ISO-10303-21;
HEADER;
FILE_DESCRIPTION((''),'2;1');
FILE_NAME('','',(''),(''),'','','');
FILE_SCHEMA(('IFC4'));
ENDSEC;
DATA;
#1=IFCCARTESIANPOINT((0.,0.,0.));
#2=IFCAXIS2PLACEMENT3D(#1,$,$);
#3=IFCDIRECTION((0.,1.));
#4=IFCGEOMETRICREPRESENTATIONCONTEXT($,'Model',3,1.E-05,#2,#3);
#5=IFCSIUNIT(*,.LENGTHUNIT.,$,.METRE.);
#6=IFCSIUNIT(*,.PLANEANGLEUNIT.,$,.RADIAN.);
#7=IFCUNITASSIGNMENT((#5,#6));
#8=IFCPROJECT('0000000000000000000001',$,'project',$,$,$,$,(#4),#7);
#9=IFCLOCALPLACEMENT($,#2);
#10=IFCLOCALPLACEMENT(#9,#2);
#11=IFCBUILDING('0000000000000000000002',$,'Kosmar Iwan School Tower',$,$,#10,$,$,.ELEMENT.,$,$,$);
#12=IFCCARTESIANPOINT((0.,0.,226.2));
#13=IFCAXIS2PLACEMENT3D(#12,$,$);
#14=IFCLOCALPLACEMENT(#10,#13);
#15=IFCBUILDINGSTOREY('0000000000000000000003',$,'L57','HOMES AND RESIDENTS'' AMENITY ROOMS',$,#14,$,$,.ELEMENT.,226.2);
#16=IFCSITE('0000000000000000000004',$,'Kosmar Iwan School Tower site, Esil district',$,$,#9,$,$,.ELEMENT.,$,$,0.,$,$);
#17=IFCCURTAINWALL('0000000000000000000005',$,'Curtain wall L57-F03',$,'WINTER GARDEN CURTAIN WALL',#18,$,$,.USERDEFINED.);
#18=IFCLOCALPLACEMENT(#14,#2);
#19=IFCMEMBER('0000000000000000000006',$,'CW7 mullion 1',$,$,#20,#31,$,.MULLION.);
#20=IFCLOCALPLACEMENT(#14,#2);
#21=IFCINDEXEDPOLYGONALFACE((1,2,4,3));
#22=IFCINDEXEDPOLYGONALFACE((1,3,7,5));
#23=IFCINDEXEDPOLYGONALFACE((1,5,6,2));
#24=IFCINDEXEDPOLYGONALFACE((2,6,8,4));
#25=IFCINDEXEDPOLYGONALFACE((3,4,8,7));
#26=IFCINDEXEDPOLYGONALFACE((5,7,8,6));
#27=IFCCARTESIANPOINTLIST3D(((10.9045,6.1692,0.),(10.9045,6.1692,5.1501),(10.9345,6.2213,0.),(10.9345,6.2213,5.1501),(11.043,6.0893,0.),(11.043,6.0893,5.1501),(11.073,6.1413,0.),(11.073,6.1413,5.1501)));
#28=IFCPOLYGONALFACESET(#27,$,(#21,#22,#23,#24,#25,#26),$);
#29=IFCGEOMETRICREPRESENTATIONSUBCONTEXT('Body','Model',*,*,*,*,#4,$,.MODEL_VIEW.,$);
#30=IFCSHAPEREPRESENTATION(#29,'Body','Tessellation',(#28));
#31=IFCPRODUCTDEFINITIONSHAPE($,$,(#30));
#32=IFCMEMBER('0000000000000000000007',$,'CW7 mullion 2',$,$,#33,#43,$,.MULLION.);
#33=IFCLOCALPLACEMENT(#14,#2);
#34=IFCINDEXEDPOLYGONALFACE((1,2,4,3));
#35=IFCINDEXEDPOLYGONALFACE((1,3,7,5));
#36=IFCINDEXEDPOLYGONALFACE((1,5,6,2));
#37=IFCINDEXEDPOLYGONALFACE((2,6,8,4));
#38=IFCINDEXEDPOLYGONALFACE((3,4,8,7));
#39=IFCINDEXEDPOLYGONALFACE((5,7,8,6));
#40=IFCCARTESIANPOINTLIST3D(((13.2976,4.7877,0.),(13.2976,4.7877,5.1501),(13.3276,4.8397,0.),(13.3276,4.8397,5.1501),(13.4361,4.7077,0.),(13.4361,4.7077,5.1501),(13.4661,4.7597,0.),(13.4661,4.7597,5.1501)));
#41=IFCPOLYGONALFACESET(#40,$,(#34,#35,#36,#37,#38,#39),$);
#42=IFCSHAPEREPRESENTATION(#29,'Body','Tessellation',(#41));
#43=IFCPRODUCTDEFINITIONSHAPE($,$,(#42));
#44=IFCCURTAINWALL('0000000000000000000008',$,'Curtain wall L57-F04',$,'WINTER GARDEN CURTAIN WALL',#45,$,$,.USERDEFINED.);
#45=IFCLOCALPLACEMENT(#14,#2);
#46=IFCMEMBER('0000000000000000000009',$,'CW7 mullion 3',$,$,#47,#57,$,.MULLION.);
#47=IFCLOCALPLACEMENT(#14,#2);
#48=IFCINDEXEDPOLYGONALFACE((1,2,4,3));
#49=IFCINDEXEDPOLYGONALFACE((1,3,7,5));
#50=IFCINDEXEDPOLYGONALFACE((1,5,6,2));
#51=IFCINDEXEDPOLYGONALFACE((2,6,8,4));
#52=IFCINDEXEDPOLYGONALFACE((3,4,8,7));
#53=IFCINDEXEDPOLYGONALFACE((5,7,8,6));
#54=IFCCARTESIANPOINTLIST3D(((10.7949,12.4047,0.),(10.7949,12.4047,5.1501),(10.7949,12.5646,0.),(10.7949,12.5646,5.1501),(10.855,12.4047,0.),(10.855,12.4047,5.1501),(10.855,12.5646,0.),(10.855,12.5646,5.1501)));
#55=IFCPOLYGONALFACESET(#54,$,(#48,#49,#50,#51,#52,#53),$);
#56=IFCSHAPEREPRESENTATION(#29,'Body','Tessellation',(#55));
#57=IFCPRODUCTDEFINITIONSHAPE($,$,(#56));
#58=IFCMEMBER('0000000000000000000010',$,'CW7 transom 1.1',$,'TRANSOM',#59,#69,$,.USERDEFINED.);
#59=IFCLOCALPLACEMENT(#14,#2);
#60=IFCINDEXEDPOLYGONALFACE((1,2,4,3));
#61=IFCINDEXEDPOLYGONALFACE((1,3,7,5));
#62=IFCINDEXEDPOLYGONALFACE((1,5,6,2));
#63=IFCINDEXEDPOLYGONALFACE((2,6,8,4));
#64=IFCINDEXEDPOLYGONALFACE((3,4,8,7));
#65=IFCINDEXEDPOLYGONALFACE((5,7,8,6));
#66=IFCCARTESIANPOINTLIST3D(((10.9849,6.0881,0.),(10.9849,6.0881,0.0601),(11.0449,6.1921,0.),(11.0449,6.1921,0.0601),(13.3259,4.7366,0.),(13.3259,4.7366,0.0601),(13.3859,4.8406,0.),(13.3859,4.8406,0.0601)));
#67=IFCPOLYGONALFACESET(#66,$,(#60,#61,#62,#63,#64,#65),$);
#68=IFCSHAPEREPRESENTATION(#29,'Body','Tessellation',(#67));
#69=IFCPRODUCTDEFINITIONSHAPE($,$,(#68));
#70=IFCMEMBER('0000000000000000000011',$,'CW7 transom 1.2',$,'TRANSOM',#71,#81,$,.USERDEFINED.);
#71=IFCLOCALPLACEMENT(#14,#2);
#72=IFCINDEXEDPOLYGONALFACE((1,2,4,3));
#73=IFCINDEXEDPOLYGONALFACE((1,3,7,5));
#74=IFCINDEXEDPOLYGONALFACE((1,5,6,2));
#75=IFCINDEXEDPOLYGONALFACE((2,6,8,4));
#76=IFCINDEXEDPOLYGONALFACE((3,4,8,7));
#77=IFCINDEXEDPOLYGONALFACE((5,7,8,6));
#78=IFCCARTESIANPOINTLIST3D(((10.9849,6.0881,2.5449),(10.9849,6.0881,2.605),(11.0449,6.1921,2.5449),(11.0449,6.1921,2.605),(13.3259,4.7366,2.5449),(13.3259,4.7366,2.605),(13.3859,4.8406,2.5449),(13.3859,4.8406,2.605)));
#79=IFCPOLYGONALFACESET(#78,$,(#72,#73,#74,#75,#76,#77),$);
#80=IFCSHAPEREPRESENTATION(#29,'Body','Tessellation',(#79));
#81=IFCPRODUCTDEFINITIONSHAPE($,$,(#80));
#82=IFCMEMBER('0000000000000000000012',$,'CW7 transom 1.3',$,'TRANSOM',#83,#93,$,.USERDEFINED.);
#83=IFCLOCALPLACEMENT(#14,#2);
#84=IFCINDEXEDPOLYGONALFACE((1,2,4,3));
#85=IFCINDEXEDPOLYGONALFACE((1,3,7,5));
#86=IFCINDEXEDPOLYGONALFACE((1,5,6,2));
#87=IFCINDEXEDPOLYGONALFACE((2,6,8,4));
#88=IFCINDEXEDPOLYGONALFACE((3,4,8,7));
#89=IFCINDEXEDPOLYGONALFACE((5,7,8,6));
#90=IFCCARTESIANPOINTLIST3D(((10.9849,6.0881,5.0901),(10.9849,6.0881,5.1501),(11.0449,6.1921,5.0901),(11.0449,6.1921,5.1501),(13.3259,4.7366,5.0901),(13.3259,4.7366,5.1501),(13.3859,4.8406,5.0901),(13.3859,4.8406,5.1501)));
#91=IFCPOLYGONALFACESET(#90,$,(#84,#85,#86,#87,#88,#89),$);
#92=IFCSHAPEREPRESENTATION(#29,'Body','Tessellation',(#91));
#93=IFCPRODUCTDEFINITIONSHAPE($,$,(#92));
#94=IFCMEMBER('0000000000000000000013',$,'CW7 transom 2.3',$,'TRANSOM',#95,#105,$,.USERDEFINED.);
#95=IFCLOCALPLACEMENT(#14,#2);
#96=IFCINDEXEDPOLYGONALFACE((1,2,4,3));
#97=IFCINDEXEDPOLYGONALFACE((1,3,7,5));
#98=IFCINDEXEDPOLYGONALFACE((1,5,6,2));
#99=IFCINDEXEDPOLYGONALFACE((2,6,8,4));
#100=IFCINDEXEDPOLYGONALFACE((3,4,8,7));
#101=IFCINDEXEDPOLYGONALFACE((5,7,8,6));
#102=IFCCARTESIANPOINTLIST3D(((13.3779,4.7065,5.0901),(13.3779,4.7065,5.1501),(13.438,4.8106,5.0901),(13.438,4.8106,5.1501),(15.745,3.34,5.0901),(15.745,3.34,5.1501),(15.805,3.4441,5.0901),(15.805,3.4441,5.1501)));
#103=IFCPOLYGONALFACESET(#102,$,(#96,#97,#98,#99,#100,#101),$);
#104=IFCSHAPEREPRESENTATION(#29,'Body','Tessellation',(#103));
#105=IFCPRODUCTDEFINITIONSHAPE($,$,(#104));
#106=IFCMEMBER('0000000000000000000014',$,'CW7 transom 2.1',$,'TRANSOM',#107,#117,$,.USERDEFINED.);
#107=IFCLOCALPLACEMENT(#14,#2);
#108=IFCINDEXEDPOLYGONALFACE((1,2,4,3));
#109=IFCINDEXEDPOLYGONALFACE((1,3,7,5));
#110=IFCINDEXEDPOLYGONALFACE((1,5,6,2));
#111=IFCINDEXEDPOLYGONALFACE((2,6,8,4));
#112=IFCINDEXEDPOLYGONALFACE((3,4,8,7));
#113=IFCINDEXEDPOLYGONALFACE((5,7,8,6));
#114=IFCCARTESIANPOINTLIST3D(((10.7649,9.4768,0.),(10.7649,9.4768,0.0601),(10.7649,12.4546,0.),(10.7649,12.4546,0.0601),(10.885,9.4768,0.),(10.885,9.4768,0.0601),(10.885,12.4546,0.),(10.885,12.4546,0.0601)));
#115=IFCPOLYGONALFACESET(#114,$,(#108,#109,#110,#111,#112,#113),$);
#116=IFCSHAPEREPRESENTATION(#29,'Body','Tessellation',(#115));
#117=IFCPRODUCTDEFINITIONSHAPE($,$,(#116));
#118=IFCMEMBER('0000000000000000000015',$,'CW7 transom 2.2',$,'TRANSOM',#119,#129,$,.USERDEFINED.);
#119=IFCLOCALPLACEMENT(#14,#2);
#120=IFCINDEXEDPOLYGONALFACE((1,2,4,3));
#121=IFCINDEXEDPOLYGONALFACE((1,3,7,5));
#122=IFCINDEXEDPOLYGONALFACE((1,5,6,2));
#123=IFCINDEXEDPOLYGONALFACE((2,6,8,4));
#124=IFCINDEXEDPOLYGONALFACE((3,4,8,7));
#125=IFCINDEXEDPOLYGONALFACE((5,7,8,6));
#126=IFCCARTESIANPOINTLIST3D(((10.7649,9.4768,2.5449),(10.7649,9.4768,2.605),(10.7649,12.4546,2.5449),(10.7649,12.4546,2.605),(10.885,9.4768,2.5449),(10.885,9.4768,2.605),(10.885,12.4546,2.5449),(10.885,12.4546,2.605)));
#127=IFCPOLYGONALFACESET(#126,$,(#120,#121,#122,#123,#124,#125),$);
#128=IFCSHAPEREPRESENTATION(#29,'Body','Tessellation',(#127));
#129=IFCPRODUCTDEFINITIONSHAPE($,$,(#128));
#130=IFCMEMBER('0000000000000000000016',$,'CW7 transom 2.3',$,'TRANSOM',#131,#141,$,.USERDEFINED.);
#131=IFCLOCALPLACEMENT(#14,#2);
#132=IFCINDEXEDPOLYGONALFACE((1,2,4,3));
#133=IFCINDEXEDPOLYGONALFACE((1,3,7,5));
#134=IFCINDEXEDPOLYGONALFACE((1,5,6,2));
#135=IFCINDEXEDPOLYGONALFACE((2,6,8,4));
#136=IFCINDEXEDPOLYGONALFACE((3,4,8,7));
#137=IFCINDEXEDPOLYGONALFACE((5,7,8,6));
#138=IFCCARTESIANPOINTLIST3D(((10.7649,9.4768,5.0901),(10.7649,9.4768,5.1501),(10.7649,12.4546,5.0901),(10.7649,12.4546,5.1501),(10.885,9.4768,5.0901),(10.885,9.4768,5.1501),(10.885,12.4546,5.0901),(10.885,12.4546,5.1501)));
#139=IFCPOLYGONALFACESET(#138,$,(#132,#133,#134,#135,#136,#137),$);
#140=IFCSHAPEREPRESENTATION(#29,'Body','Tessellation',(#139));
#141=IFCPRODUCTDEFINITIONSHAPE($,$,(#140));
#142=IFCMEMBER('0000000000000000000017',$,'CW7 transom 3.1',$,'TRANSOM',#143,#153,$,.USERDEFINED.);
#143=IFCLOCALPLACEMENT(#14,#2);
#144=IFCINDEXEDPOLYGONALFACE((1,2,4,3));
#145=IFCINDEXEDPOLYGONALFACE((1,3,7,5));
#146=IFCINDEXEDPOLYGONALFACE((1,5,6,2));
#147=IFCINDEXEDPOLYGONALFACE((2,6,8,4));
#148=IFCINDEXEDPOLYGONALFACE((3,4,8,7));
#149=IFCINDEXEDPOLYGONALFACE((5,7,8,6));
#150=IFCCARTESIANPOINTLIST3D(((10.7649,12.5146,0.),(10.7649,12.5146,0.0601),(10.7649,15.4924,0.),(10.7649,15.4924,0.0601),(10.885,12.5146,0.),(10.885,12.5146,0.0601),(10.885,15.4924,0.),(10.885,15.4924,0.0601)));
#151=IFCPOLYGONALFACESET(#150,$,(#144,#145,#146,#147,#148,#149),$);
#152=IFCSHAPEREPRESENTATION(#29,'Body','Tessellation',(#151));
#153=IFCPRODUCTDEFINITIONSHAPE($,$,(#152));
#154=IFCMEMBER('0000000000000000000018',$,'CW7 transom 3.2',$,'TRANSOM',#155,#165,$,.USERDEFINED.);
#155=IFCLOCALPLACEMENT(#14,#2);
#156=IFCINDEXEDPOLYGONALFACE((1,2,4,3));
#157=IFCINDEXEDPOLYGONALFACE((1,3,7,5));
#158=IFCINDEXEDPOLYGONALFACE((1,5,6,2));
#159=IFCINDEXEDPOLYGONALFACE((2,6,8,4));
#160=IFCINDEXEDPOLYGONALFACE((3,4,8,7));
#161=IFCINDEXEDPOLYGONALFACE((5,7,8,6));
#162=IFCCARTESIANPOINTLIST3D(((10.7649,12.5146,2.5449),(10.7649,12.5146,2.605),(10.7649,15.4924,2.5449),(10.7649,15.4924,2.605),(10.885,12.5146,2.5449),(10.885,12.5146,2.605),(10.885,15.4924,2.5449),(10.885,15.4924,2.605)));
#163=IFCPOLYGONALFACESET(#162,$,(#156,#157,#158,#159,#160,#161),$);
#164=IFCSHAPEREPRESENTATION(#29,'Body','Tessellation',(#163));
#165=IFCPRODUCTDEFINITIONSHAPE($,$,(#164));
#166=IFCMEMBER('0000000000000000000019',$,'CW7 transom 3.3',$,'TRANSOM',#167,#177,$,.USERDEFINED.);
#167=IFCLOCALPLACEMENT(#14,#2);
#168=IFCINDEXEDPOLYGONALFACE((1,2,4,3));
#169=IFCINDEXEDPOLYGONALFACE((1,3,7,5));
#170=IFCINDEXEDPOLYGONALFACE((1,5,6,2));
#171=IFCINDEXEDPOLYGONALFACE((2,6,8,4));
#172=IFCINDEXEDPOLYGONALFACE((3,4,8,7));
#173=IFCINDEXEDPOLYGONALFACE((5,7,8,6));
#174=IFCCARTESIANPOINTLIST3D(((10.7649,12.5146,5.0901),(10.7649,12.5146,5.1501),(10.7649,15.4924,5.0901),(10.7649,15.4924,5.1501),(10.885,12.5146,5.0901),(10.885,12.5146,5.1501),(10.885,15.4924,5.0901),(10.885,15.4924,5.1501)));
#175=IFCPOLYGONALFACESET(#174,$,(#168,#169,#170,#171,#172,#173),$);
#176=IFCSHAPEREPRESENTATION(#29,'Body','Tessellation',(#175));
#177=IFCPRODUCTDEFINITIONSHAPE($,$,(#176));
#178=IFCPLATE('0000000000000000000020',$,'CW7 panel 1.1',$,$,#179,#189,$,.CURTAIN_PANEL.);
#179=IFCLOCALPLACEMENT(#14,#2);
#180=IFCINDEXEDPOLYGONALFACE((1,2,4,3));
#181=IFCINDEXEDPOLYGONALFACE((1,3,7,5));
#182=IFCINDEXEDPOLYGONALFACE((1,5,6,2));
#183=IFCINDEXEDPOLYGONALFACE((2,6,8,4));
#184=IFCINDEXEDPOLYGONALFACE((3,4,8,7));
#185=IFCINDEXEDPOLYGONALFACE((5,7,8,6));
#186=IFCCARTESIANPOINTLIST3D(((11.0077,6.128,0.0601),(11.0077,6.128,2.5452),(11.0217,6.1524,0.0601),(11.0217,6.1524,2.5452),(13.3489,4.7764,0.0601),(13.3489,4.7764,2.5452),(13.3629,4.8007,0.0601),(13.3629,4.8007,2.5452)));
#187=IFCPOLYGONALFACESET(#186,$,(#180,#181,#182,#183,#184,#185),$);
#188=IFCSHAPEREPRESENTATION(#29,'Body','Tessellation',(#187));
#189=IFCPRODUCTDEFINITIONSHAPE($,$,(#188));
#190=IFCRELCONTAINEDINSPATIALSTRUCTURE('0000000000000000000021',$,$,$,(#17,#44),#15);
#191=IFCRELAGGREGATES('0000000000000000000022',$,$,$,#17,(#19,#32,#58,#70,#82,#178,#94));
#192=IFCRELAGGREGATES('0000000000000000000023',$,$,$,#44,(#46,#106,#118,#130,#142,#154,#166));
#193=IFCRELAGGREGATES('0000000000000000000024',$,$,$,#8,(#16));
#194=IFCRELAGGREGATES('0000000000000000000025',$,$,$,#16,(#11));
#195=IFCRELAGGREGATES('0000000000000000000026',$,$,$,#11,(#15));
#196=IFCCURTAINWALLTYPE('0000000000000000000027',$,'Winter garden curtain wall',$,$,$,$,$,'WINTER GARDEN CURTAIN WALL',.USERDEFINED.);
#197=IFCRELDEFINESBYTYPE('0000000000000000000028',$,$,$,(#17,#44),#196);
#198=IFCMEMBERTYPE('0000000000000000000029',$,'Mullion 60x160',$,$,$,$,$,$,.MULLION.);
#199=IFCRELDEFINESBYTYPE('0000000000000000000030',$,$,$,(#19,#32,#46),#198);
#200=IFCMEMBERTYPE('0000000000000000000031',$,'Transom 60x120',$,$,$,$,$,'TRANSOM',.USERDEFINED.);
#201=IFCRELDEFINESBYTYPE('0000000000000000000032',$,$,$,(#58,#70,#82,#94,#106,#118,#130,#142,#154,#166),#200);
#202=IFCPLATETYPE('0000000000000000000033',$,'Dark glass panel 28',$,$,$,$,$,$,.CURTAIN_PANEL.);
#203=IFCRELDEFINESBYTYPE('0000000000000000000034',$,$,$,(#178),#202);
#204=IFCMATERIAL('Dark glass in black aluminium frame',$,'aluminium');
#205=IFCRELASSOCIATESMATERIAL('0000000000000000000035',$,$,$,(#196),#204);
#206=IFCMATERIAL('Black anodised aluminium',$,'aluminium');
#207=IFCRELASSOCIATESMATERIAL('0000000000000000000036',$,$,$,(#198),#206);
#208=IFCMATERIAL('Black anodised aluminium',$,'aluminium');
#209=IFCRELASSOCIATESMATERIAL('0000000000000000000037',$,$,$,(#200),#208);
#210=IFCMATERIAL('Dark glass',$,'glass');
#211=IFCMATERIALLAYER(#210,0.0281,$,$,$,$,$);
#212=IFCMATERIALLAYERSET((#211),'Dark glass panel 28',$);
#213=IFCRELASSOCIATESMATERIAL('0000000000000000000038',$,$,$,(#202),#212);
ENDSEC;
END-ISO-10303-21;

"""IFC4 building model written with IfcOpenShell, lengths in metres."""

from ifc_helpers import new_model, si_unit, direction, frame, origin, origin_2d, place, context, subcontext, project, spatial, rectangle, extrude, material, layer, layer_set, material_profile, profile_set, type_object, element, aggregate, save


model = new_model("IFC4")

# Units and contexts
model_context = context("Model", 3, precision=1e-05, world=origin(), true_north=direction((0.0, 1.0)))
body_context = subcontext(model_context, "Body", "Model", "MODEL_VIEW")
ifc_project = project(units=[si_unit("LENGTHUNIT", "METRE"), si_unit("PLANEANGLEUNIT", "RADIAN")], contexts=[model_context])

# Site, building, storey
site_placement = place(None, origin())
site = spatial("IfcSite", under=ifc_project, at=site_placement, Name="Kosmar Iwan School Tower site, Esil district", CompositionType="ELEMENT", RefElevation=0.0)
building_placement = place(site_placement, origin())
building = spatial("IfcBuilding", under=site, at=building_placement, Name="Kosmar Iwan School Tower", CompositionType="ELEMENT")
storey_placement = place(building_placement, frame((0.0, 0.0, 226.2)))
storey = spatial("IfcBuildingStorey", under=building, at=storey_placement, Name="L57", Description="HOMES AND RESIDENTS' AMENITY ROOMS", CompositionType="ELEMENT", Elevation=226.2)

# Curtain wall, members
ifc_material_1 = material(Name="Dark glass in black aluminium frame", Category="aluminium")
curtain_wall_type = type_object("IfcCurtainWallType", Name="Winter garden curtain wall", ElementType="WINTER GARDEN CURTAIN WALL", PredefinedType="USERDEFINED", material=ifc_material_1)
curtain_wall_1_placement = place(storey_placement, origin())
curtain_wall_1 = element("IfcCurtainWall", 1, at=curtain_wall_1_placement, inside=storey, type_object=curtain_wall_type, Name="Curtain wall L57-F03", ObjectType="WINTER GARDEN CURTAIN WALL", PredefinedType="USERDEFINED")
ifc_material_2 = material(Name="Black anodised aluminium", Category="aluminium")
ifc_material_profile_1 = material_profile(ifc_material_2, rectangle(XDim=0.0601, YDim=0.1599, at=origin_2d()), Name="MULLION 60x160")
ifc_profile_set_1 = profile_set([ifc_material_profile_1], Name="Black anodised aluminium")
member_type_1 = type_object("IfcMemberType", Name="Mullion 60x160", PredefinedType="MULLION", material=ifc_profile_set_1)
member_1_placement = place(storey_placement, frame((10.9888, 6.1553, 0.0), z_axis=(0.0, 0.0, 1.0), x_axis=(0.5, 0.866025, 0.0)))
member_1 = element("IfcMember", 2, at=member_1_placement, type_object=member_type_1, Name="CW7 mullion 1", PredefinedType="MULLION", context=body_context, shape_type="SweptSolid", body=[
    extrude(rectangle(XDim=0.0601, YDim=0.1599, at=origin_2d()), origin(), (0.0, 0.0, 1.0), 5.1501),
])
member_2_placement = place(storey_placement, frame((13.3818, 4.7737, 0.0), z_axis=(0.0, 0.0, 1.0), x_axis=(0.5, 0.866025, 0.0)))
member_2 = element("IfcMember", 3, at=member_2_placement, type_object=member_type_1, Name="CW7 mullion 2", PredefinedType="MULLION", context=body_context, shape_type="SweptSolid", body=[
    extrude(rectangle(XDim=0.0601, YDim=0.1599, at=origin_2d()), origin(), (0.0, 0.0, 1.0), 5.1501),
])

# Curtain wall, member
curtain_wall_2_placement = place(storey_placement, origin())
curtain_wall_2 = element("IfcCurtainWall", 4, at=curtain_wall_2_placement, inside=storey, type_object=curtain_wall_type, Name="Curtain wall L57-F04", ObjectType="WINTER GARDEN CURTAIN WALL", PredefinedType="USERDEFINED")
member_3_placement = place(storey_placement, frame((10.825, 12.4846, 0.0), z_axis=(0.0, 0.0, 1.0), x_axis=(-1.0, 0.0, 0.0)))
member_3 = element("IfcMember", 5, at=member_3_placement, type_object=member_type_1, Name="CW7 mullion 3", PredefinedType="MULLION", context=body_context, shape_type="SweptSolid", body=[
    extrude(rectangle(XDim=0.0601, YDim=0.1599, at=origin_2d()), origin(), (0.0, 0.0, 1.0), 5.1501),
])

# Members
ifc_material_3 = material(Name="Black anodised aluminium", Category="aluminium")
ifc_material_profile_2 = material_profile(ifc_material_3, rectangle(XDim=0.1201, YDim=0.0601, at=origin_2d()), Name="TRANSOM 60x120")
ifc_profile_set_2 = profile_set([ifc_material_profile_2], Name="Black anodised aluminium")
member_type_2 = type_object("IfcMemberType", Name="Transom 60x120", ElementType="TRANSOM", PredefinedType="USERDEFINED", material=ifc_profile_set_2)
member_4_placement = place(storey_placement, frame((11.0149, 6.1401, 0.03), z_axis=(0.866034, -0.499986, 0.0), x_axis=(0.499986, 0.866034, 0.0)))
member_4 = element("IfcMember", 6, at=member_4_placement, type_object=member_type_2, Name="CW7 transom 1.1", ObjectType="TRANSOM", PredefinedType="USERDEFINED", context=body_context, shape_type="SweptSolid", body=[
    extrude(rectangle(XDim=0.1201, YDim=0.0601, at=origin_2d()), origin(), (0.0, 0.0, 1.0), 2.7031),
])
member_5_placement = place(storey_placement, frame((11.0149, 6.1401, 2.575), z_axis=(0.866034, -0.499986, 0.0), x_axis=(0.499986, 0.866034, 0.0)))
member_5 = element("IfcMember", 7, at=member_5_placement, type_object=member_type_2, Name="CW7 transom 1.2", ObjectType="TRANSOM", PredefinedType="USERDEFINED", context=body_context, shape_type="SweptSolid", body=[
    extrude(rectangle(XDim=0.1201, YDim=0.0601, at=origin_2d()), origin(), (0.0, 0.0, 1.0), 2.7031),
])
member_6_placement = place(storey_placement, frame((11.0149, 6.1401, 5.1201), z_axis=(0.866034, -0.499986, 0.0), x_axis=(0.499986, 0.866034, 0.0)))
member_6 = element("IfcMember", 8, at=member_6_placement, type_object=member_type_2, Name="CW7 transom 1.3", ObjectType="TRANSOM", PredefinedType="USERDEFINED", context=body_context, shape_type="SweptSolid", body=[
    extrude(rectangle(XDim=0.1201, YDim=0.0601, at=origin_2d()), origin(), (0.0, 0.0, 1.0), 2.7031),
])
member_7_placement = place(storey_placement, frame((13.408, 4.7585, 5.1201), z_axis=(0.866041, -0.499972, 0.0), x_axis=(0.499972, 0.866041, 0.0)))
member_7 = element("IfcMember", 9, at=member_7_placement, type_object=member_type_2, Name="CW7 transom 2.3", ObjectType="TRANSOM", PredefinedType="USERDEFINED", context=body_context, shape_type="SweptSolid", body=[
    extrude(rectangle(XDim=0.1201, YDim=0.0601, at=origin_2d()), origin(), (0.0, 0.0, 1.0), 2.7332),
])
member_8_placement = place(storey_placement, frame((10.825, 9.4768, 0.03), z_axis=(0.0, 1.0, 0.0), x_axis=(-1.0, 0.0, 0.0)))
member_8 = element("IfcMember", 10, at=member_8_placement, type_object=member_type_2, Name="CW7 transom 2.1", ObjectType="TRANSOM", PredefinedType="USERDEFINED", context=body_context, shape_type="SweptSolid", body=[
    extrude(rectangle(XDim=0.1201, YDim=0.0601, at=origin_2d()), origin(), (0.0, 0.0, 1.0), 2.9778),
])
member_9_placement = place(storey_placement, frame((10.825, 9.4768, 2.575), z_axis=(0.0, 1.0, 0.0), x_axis=(-1.0, 0.0, 0.0)))
member_9 = element("IfcMember", 11, at=member_9_placement, type_object=member_type_2, Name="CW7 transom 2.2", ObjectType="TRANSOM", PredefinedType="USERDEFINED", context=body_context, shape_type="SweptSolid", body=[
    extrude(rectangle(XDim=0.1201, YDim=0.0601, at=origin_2d()), origin(), (0.0, 0.0, 1.0), 2.9778),
])
member_10_placement = place(storey_placement, frame((10.825, 9.4768, 5.1201), z_axis=(0.0, 1.0, 0.0), x_axis=(-1.0, 0.0, 0.0)))
member_10 = element("IfcMember", 12, at=member_10_placement, type_object=member_type_2, Name="CW7 transom 2.3", ObjectType="TRANSOM", PredefinedType="USERDEFINED", context=body_context, shape_type="SweptSolid", body=[
    extrude(rectangle(XDim=0.1201, YDim=0.0601, at=origin_2d()), origin(), (0.0, 0.0, 1.0), 2.9778),
])
member_11_placement = place(storey_placement, frame((10.825, 12.5146, 0.03), z_axis=(0.0, 1.0, 0.0), x_axis=(-1.0, 0.0, 0.0)))
member_11 = element("IfcMember", 13, at=member_11_placement, type_object=member_type_2, Name="CW7 transom 3.1", ObjectType="TRANSOM", PredefinedType="USERDEFINED", context=body_context, shape_type="SweptSolid", body=[
    extrude(rectangle(XDim=0.1201, YDim=0.0601, at=origin_2d()), origin(), (0.0, 0.0, 1.0), 2.9778),
])
member_12_placement = place(storey_placement, frame((10.825, 12.5146, 2.575), z_axis=(0.0, 1.0, 0.0), x_axis=(-1.0, 0.0, 0.0)))
member_12 = element("IfcMember", 14, at=member_12_placement, type_object=member_type_2, Name="CW7 transom 3.2", ObjectType="TRANSOM", PredefinedType="USERDEFINED", context=body_context, shape_type="SweptSolid", body=[
    extrude(rectangle(XDim=0.1201, YDim=0.0601, at=origin_2d()), origin(), (0.0, 0.0, 1.0), 2.9778),
])
member_13_placement = place(storey_placement, frame((10.825, 12.5146, 5.1201), z_axis=(0.0, 1.0, 0.0), x_axis=(-1.0, 0.0, 0.0)))
member_13 = element("IfcMember", 15, at=member_13_placement, type_object=member_type_2, Name="CW7 transom 3.3", ObjectType="TRANSOM", PredefinedType="USERDEFINED", context=body_context, shape_type="SweptSolid", body=[
    extrude(rectangle(XDim=0.1201, YDim=0.0601, at=origin_2d()), origin(), (0.0, 0.0, 1.0), 2.9778),
])

# Plate
ifc_material_4 = material(Name="Dark glass", Category="glass")
ifc_layer = layer(ifc_material_4, 0.0281)
ifc_layer_set = layer_set([ifc_layer], Name="Dark glass panel 28")
plate_type = type_object("IfcPlateType", Name="Dark glass panel 28", PredefinedType="CURTAIN_PANEL", material=ifc_layer_set)
plate_1_placement = place(storey_placement, frame((12.1853, 5.4644, 0.0601), z_axis=(0.0, 0.0, 1.0), x_axis=(0.866025, -0.5, 0.0)))
plate_1 = element("IfcPlate", 16, at=plate_1_placement, type_object=plate_type, Name="CW7 panel 1.1", PredefinedType="CURTAIN_PANEL", context=body_context, shape_type="SweptSolid", body=[
    extrude(rectangle(XDim=2.7034, YDim=0.0281, at=origin_2d()), origin(), (0.0, 0.0, 1.0), 2.4851),
])
aggregate(curtain_wall_1, [member_1, member_2, member_4, member_5, member_6, plate_1, member_7])
aggregate(curtain_wall_2, [member_3, member_8, member_9, member_10, member_11, member_12, member_13])

save(model, "model.ifc")
